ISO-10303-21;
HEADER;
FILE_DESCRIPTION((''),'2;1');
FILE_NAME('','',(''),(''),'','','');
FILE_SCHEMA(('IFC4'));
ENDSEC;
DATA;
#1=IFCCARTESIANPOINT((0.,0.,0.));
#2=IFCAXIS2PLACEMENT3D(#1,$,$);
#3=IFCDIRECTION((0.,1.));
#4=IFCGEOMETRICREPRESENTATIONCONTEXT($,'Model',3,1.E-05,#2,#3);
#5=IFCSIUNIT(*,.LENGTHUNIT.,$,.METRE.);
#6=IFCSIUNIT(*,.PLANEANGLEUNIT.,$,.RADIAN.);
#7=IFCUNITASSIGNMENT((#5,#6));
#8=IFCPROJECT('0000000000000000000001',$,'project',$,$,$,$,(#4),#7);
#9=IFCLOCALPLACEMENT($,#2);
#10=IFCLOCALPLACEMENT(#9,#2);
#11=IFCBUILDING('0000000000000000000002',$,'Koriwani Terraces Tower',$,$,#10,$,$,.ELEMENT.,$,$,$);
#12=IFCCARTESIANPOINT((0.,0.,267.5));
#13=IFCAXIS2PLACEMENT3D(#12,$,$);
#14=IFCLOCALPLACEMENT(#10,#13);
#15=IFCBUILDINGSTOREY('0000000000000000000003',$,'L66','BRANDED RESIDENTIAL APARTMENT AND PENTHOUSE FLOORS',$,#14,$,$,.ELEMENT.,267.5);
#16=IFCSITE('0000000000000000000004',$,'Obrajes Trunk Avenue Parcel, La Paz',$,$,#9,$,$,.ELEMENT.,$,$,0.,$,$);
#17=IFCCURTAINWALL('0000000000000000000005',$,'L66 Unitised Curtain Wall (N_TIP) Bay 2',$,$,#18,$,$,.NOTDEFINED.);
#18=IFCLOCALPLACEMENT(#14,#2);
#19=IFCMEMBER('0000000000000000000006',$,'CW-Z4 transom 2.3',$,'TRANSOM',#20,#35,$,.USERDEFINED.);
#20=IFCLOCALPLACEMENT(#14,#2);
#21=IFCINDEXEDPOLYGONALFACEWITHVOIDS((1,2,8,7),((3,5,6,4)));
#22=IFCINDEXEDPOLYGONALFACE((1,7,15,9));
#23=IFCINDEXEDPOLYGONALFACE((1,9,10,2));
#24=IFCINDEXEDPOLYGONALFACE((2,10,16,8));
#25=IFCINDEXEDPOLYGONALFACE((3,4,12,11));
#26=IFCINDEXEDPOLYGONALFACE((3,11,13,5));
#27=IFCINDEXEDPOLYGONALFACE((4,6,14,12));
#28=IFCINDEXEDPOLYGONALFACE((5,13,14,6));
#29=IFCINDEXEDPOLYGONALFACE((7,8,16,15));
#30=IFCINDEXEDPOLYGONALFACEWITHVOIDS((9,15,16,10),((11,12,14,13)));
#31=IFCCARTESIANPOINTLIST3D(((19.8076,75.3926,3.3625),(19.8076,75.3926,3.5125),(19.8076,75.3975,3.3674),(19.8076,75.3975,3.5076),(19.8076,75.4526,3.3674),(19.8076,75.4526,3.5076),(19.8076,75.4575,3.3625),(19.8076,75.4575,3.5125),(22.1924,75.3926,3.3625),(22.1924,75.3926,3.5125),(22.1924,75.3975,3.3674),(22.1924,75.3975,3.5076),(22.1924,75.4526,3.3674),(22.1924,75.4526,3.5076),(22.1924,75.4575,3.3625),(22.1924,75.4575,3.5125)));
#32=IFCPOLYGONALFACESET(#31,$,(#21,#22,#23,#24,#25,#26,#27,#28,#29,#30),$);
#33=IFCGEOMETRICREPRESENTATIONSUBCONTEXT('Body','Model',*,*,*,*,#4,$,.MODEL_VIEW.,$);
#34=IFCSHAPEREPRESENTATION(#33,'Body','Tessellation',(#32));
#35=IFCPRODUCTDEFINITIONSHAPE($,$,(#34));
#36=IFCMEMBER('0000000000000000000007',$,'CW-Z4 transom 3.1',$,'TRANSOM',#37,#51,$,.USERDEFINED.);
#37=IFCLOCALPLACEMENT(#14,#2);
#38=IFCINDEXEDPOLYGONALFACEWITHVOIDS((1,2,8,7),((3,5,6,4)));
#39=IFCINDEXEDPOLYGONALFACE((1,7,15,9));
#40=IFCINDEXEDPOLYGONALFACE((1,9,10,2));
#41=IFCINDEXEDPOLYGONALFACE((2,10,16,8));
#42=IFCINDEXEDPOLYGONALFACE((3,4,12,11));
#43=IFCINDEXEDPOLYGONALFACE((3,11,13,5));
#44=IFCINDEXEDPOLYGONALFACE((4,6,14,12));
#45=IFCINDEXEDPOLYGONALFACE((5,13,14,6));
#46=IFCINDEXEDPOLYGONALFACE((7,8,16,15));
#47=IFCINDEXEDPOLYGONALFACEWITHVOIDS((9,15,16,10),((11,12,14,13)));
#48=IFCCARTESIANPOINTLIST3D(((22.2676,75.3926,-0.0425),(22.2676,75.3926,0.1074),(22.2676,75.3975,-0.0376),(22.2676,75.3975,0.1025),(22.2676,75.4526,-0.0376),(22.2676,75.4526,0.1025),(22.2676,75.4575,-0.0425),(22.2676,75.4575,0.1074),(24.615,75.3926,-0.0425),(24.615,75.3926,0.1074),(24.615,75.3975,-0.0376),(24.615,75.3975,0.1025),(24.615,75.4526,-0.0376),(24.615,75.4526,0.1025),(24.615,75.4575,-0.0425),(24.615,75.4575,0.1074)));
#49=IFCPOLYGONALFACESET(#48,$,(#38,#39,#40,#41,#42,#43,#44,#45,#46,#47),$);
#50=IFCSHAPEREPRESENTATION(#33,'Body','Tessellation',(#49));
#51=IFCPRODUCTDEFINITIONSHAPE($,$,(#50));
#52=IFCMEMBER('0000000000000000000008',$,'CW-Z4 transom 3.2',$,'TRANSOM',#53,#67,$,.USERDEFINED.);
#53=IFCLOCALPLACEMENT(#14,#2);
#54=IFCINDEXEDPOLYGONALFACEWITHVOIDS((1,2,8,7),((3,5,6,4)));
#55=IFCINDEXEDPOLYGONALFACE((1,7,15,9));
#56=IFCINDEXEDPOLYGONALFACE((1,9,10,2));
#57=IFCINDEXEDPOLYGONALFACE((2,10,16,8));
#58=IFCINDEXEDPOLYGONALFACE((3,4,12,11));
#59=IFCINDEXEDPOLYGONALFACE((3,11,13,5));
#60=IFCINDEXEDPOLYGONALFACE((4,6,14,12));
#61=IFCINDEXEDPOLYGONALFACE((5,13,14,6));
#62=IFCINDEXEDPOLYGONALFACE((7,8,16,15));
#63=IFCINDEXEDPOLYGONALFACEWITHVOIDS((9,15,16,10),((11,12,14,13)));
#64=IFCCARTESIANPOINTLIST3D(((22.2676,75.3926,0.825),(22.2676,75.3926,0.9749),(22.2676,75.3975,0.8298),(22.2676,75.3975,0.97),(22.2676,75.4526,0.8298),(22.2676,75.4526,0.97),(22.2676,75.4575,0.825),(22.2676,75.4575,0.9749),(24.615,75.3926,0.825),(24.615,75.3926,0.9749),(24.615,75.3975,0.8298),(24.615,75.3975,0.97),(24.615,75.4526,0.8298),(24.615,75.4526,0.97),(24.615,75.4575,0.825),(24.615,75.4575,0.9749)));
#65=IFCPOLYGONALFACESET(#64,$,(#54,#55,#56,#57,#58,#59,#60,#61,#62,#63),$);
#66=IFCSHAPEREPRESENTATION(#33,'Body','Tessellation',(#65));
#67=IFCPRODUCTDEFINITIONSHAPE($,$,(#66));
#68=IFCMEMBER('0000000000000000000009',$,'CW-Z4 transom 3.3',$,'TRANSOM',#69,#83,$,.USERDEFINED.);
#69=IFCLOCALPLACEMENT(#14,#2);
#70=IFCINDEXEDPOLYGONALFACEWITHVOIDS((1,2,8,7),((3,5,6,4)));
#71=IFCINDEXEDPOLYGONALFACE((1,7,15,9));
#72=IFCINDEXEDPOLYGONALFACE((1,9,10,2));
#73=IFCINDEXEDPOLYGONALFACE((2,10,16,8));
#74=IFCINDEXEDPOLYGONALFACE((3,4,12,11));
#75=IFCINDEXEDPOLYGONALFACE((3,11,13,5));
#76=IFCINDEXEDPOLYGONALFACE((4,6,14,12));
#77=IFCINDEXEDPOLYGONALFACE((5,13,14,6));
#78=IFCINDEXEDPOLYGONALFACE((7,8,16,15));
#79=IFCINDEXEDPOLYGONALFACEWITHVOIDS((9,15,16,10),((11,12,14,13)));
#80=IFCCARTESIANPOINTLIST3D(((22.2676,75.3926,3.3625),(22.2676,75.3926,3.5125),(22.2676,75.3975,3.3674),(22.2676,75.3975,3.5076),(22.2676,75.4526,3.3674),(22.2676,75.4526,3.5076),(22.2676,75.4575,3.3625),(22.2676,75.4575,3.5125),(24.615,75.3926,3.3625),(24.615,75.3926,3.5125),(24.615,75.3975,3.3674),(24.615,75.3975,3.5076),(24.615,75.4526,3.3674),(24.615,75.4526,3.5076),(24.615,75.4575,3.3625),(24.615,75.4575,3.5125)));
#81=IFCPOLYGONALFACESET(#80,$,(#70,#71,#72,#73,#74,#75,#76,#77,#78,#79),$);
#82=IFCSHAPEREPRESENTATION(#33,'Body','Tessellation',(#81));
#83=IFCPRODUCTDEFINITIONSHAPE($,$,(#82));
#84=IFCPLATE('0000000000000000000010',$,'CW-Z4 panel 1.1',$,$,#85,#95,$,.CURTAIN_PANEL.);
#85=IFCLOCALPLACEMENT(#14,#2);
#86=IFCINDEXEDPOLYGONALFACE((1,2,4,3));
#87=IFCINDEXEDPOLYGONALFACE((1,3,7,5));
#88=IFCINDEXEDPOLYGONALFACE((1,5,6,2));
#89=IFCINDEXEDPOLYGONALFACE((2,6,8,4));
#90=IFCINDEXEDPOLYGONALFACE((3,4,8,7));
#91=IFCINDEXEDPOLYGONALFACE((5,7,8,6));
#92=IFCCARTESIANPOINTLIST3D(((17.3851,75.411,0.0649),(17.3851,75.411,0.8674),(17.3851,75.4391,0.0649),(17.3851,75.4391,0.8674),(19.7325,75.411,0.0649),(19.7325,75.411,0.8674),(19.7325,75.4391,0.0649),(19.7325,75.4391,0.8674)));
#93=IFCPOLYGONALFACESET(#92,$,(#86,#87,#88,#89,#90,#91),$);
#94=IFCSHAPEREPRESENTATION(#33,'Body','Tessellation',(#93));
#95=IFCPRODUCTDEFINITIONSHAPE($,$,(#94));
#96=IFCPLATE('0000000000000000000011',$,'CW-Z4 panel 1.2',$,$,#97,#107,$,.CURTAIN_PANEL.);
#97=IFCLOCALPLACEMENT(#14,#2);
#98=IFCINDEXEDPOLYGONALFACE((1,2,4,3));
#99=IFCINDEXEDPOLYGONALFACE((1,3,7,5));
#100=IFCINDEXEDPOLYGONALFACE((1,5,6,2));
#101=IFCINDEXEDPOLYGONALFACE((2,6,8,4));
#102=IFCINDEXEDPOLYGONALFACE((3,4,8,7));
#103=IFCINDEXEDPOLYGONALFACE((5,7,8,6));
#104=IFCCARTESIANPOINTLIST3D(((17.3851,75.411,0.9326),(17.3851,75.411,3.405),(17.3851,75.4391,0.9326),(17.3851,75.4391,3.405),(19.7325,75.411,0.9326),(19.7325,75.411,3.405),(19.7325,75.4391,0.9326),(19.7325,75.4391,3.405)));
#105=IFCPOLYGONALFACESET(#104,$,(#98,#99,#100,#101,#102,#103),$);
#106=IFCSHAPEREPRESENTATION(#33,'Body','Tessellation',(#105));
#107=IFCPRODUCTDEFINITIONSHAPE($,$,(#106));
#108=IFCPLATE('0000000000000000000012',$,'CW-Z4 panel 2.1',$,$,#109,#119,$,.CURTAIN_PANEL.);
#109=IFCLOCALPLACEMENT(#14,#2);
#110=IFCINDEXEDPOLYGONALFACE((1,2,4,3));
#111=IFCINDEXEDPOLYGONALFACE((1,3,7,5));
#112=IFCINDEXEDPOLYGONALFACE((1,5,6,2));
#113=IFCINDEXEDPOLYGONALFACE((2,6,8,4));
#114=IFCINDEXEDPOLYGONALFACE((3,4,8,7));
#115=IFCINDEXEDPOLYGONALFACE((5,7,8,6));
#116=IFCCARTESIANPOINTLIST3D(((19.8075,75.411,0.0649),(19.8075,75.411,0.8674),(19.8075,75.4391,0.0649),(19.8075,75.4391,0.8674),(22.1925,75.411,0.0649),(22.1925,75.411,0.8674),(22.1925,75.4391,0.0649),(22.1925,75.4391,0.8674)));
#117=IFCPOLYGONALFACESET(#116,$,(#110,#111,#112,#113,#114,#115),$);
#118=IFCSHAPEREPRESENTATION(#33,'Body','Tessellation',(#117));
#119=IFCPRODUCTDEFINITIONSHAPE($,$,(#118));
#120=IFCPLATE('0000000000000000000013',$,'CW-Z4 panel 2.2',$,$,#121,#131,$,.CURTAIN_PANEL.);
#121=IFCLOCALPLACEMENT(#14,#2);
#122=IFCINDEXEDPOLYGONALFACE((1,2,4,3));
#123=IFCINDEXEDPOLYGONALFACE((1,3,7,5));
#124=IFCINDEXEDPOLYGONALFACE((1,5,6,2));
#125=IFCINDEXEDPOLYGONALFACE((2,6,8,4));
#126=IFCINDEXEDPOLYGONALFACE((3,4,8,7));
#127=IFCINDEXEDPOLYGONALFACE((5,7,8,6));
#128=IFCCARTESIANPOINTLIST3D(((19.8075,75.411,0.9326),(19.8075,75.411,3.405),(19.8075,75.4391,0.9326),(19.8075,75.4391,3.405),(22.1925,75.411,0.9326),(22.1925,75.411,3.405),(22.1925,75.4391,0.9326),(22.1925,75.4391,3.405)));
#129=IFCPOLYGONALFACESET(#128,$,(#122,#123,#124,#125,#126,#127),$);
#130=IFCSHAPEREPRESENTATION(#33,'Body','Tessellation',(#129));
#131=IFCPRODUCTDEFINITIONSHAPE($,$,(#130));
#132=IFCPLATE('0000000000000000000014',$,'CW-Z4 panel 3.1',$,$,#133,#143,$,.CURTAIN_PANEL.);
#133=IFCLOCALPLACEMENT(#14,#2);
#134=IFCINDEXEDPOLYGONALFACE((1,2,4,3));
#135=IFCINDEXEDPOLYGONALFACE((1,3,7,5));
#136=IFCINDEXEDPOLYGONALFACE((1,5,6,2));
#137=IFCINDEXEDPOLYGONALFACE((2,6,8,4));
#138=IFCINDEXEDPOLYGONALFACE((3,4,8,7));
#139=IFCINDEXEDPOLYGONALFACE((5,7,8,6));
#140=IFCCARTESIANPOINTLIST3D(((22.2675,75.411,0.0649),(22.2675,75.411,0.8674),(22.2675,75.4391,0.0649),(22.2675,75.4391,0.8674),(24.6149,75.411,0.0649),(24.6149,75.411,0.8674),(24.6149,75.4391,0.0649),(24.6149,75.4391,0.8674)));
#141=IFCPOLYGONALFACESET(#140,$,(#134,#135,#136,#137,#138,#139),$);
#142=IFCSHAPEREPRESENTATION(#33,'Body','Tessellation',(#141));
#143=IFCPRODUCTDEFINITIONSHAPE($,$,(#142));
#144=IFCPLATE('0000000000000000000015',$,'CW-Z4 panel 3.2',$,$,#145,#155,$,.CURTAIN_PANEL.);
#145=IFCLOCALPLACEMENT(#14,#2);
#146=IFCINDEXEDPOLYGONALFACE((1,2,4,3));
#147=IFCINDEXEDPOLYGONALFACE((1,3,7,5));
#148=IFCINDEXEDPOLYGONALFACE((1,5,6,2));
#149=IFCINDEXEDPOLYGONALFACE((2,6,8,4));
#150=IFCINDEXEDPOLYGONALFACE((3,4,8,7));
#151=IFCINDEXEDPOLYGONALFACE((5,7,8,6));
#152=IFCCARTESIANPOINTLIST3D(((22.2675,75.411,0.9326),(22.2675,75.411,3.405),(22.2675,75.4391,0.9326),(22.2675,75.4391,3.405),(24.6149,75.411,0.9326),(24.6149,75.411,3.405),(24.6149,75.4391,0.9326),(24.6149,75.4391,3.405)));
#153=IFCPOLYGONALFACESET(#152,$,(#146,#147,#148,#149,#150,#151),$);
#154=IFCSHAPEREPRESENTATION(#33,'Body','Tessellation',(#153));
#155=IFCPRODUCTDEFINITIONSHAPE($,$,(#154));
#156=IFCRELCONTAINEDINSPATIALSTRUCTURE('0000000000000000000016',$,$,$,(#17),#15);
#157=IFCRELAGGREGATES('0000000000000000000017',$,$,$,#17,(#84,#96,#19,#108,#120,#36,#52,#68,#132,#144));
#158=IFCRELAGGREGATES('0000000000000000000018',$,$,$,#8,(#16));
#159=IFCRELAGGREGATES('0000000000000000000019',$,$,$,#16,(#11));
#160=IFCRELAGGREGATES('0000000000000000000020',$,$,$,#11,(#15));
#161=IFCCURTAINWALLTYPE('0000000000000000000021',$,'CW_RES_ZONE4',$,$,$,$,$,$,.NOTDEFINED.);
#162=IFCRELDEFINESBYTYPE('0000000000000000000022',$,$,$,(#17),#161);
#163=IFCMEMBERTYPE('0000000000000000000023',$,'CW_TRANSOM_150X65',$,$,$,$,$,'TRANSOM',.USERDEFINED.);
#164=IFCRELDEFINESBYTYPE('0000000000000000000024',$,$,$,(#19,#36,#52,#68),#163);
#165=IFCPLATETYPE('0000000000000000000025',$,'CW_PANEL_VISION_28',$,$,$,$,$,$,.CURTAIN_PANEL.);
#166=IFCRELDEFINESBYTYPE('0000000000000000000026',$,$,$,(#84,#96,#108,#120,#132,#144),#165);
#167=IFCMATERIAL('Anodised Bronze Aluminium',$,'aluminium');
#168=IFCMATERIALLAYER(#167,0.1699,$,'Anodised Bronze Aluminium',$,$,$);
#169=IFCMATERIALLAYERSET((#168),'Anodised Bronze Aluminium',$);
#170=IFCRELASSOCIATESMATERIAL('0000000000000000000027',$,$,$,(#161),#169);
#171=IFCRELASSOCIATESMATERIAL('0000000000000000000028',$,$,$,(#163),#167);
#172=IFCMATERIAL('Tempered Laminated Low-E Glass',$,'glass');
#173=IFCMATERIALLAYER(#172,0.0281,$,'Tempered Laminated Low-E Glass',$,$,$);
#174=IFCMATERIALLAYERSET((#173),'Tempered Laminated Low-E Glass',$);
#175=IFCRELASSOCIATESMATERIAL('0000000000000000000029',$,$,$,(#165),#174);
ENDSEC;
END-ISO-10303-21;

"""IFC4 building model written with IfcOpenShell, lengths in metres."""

from ifc_helpers import new_model, si_unit, direction, frame, origin, origin_2d, place, context, subcontext, project, spatial, rectangle, hollow_rectangle, extrude, material, layer, layer_set, material_profile, profile_set, type_object, element, aggregate, save


model = new_model("IFC4")

# Units and contexts
model_context = context("Model", 3, precision=1e-05, world=origin(), true_north=direction((0.0, 1.0)))
body_context = subcontext(model_context, "Body", "Model", "MODEL_VIEW")
ifc_project = project(units=[si_unit("LENGTHUNIT", "METRE"), si_unit("PLANEANGLEUNIT", "RADIAN")], contexts=[model_context])

# Site, building, storey
site_placement = place(None, origin())
site = spatial("IfcSite", under=ifc_project, at=site_placement, Name="Obrajes Trunk Avenue Parcel, La Paz", CompositionType="ELEMENT", RefElevation=0.0)
building_placement = place(site_placement, origin())
building = spatial("IfcBuilding", under=site, at=building_placement, Name="Koriwani Terraces Tower", CompositionType="ELEMENT")
storey_placement = place(building_placement, frame((0.0, 0.0, 267.5)))
storey = spatial("IfcBuildingStorey", under=building, at=storey_placement, Name="L66", Description="BRANDED RESIDENTIAL APARTMENT AND PENTHOUSE FLOORS", CompositionType="ELEMENT", Elevation=267.5)

# Curtain wall, members, plates
ifc_material_1 = material(Name="Anodised Bronze Aluminium", Category="aluminium")
ifc_layer_1 = layer(ifc_material_1, 0.1699, Name="Anodised Bronze Aluminium")
ifc_layer_set_1 = layer_set([ifc_layer_1], Name="Anodised Bronze Aluminium")
curtain_wall_type = type_object("IfcCurtainWallType", Name="CW_RES_ZONE4", PredefinedType="NOTDEFINED", material=ifc_layer_set_1)
curtain_wall_placement = place(storey_placement, origin())
curtain_wall = element("IfcCurtainWall", 1, at=curtain_wall_placement, inside=storey, type_object=curtain_wall_type, Name="L66 Unitised Curtain Wall (N_TIP) Bay 2", PredefinedType="NOTDEFINED")
ifc_material_profile_1 = material_profile(ifc_material_1, hollow_rectangle(XDim=0.0649, YDim=0.1499, WallThickness=0.0049, at=origin_2d()), Name="Anodised Bronze Aluminium", Category="LoadBearing")
ifc_profile_set_1 = profile_set([ifc_material_profile_1], Name="Anodised Bronze Aluminium")
member_type_1 = type_object("IfcMemberType", Name="CW_TRANSOM_150X65", ElementType="TRANSOM", PredefinedType="USERDEFINED", material=ifc_profile_set_1)
member_1_placement = place(storey_placement, frame((19.8076, 75.425, 3.4375), z_axis=(1.0, 0.0, 0.0), x_axis=(0.0, 1.0, 0.0)))
member_1 = element("IfcMember", 2, at=member_1_placement, type_object=member_type_1, Name="CW-Z4 transom 2.3", ObjectType="TRANSOM", PredefinedType="USERDEFINED", context=body_context, shape_type="SweptSolid", body=[
    extrude(hollow_rectangle(XDim=0.0649, YDim=0.1499, WallThickness=0.0049, at=origin_2d()), origin(), (0.0, 0.0, 1.0), 2.3848),
])
member_2_placement = place(storey_placement, frame((22.2676, 75.425, 0.0325), z_axis=(1.0, 0.0, 0.0), x_axis=(0.0, 1.0, 0.0)))
member_2 = element("IfcMember", 3, at=member_2_placement, type_object=member_type_1, Name="CW-Z4 transom 3.1", ObjectType="TRANSOM", PredefinedType="USERDEFINED", context=body_context, shape_type="SweptSolid", body=[
    extrude(hollow_rectangle(XDim=0.0649, YDim=0.1499, WallThickness=0.0049, at=origin_2d()), origin(), (0.0, 0.0, 1.0), 2.3474),
])
member_3_placement = place(storey_placement, frame((22.2676, 75.425, 0.8999), z_axis=(1.0, 0.0, 0.0), x_axis=(0.0, 1.0, 0.0)))
member_3 = element("IfcMember", 4, at=member_3_placement, type_object=member_type_1, Name="CW-Z4 transom 3.2", ObjectType="TRANSOM", PredefinedType="USERDEFINED", context=body_context, shape_type="SweptSolid", body=[
    extrude(hollow_rectangle(XDim=0.0649, YDim=0.1499, WallThickness=0.0049, at=origin_2d()), origin(), (0.0, 0.0, 1.0), 2.3474),
])
member_4_placement = place(storey_placement, frame((22.2676, 75.425, 3.4375), z_axis=(1.0, 0.0, 0.0), x_axis=(0.0, 1.0, 0.0)))
member_4 = element("IfcMember", 5, at=member_4_placement, type_object=member_type_1, Name="CW-Z4 transom 3.3", ObjectType="TRANSOM", PredefinedType="USERDEFINED", context=body_context, shape_type="SweptSolid", body=[
    extrude(hollow_rectangle(XDim=0.0649, YDim=0.1499, WallThickness=0.0049, at=origin_2d()), origin(), (0.0, 0.0, 1.0), 2.3474),
])
ifc_material_2 = material(Name="Tempered Laminated Low-E Glass", Category="glass")
ifc_layer_2 = layer(ifc_material_2, 0.0281, Name="Tempered Laminated Low-E Glass")
ifc_layer_set_2 = layer_set([ifc_layer_2], Name="Tempered Laminated Low-E Glass")
plate_type = type_object("IfcPlateType", Name="CW_PANEL_VISION_28", PredefinedType="CURTAIN_PANEL", material=ifc_layer_set_2)
plate_1_placement = place(storey_placement, frame((18.5588, 75.425, 0.0649), z_axis=(0.0, 0.0, 1.0), x_axis=(1.0, 0.0, 0.0)))
plate_1 = element("IfcPlate", 6, at=plate_1_placement, type_object=plate_type, Name="CW-Z4 panel 1.1", PredefinedType="CURTAIN_PANEL", context=body_context, shape_type="SweptSolid", body=[
    extrude(rectangle(XDim=2.3474, YDim=0.0281, at=origin_2d()), origin(), (0.0, 0.0, 1.0), 0.8025),
])
plate_2_placement = place(storey_placement, frame((18.5588, 75.425, 0.9326), z_axis=(0.0, 0.0, 1.0), x_axis=(1.0, 0.0, 0.0)))
plate_2 = element("IfcPlate", 7, at=plate_2_placement, type_object=plate_type, Name="CW-Z4 panel 1.2", PredefinedType="CURTAIN_PANEL", context=body_context, shape_type="SweptSolid", body=[
    extrude(rectangle(XDim=2.3474, YDim=0.0281, at=origin_2d()), origin(), (0.0, 0.0, 1.0), 2.4724),
])
plate_3_placement = place(storey_placement, frame((21.0, 75.425, 0.0649), z_axis=(0.0, 0.0, 1.0), x_axis=(1.0, 0.0, 0.0)))
plate_3 = element("IfcPlate", 8, at=plate_3_placement, type_object=plate_type, Name="CW-Z4 panel 2.1", PredefinedType="CURTAIN_PANEL", context=body_context, shape_type="SweptSolid", body=[
    extrude(rectangle(XDim=2.385, YDim=0.0281, at=origin_2d()), origin(), (0.0, 0.0, 1.0), 0.8025),
])
plate_4_placement = place(storey_placement, frame((21.0, 75.425, 0.9326), z_axis=(0.0, 0.0, 1.0), x_axis=(1.0, 0.0, 0.0)))
plate_4 = element("IfcPlate", 9, at=plate_4_placement, type_object=plate_type, Name="CW-Z4 panel 2.2", PredefinedType="CURTAIN_PANEL", context=body_context, shape_type="SweptSolid", body=[
    extrude(rectangle(XDim=2.385, YDim=0.0281, at=origin_2d()), origin(), (0.0, 0.0, 1.0), 2.4724),
])
plate_5_placement = place(storey_placement, frame((23.4412, 75.425, 0.0649), z_axis=(0.0, 0.0, 1.0), x_axis=(1.0, 0.0, 0.0)))
plate_5 = element("IfcPlate", 10, at=plate_5_placement, type_object=plate_type, Name="CW-Z4 panel 3.1", PredefinedType="CURTAIN_PANEL", context=body_context, shape_type="SweptSolid", body=[
    extrude(rectangle(XDim=2.3474, YDim=0.0281, at=origin_2d()), origin(), (0.0, 0.0, 1.0), 0.8025),
])
plate_6_placement = place(storey_placement, frame((23.4412, 75.425, 0.9326), z_axis=(0.0, 0.0, 1.0), x_axis=(1.0, 0.0, 0.0)))
plate_6 = element("IfcPlate", 11, at=plate_6_placement, type_object=plate_type, Name="CW-Z4 panel 3.2", PredefinedType="CURTAIN_PANEL", context=body_context, shape_type="SweptSolid", body=[
    extrude(rectangle(XDim=2.3474, YDim=0.0281, at=origin_2d()), origin(), (0.0, 0.0, 1.0), 2.4724),
])
aggregate(curtain_wall, [plate_1, plate_2, member_1, plate_3, plate_4, member_2, member_3, member_4, plate_5, plate_6])

save(model, "model.ifc")
